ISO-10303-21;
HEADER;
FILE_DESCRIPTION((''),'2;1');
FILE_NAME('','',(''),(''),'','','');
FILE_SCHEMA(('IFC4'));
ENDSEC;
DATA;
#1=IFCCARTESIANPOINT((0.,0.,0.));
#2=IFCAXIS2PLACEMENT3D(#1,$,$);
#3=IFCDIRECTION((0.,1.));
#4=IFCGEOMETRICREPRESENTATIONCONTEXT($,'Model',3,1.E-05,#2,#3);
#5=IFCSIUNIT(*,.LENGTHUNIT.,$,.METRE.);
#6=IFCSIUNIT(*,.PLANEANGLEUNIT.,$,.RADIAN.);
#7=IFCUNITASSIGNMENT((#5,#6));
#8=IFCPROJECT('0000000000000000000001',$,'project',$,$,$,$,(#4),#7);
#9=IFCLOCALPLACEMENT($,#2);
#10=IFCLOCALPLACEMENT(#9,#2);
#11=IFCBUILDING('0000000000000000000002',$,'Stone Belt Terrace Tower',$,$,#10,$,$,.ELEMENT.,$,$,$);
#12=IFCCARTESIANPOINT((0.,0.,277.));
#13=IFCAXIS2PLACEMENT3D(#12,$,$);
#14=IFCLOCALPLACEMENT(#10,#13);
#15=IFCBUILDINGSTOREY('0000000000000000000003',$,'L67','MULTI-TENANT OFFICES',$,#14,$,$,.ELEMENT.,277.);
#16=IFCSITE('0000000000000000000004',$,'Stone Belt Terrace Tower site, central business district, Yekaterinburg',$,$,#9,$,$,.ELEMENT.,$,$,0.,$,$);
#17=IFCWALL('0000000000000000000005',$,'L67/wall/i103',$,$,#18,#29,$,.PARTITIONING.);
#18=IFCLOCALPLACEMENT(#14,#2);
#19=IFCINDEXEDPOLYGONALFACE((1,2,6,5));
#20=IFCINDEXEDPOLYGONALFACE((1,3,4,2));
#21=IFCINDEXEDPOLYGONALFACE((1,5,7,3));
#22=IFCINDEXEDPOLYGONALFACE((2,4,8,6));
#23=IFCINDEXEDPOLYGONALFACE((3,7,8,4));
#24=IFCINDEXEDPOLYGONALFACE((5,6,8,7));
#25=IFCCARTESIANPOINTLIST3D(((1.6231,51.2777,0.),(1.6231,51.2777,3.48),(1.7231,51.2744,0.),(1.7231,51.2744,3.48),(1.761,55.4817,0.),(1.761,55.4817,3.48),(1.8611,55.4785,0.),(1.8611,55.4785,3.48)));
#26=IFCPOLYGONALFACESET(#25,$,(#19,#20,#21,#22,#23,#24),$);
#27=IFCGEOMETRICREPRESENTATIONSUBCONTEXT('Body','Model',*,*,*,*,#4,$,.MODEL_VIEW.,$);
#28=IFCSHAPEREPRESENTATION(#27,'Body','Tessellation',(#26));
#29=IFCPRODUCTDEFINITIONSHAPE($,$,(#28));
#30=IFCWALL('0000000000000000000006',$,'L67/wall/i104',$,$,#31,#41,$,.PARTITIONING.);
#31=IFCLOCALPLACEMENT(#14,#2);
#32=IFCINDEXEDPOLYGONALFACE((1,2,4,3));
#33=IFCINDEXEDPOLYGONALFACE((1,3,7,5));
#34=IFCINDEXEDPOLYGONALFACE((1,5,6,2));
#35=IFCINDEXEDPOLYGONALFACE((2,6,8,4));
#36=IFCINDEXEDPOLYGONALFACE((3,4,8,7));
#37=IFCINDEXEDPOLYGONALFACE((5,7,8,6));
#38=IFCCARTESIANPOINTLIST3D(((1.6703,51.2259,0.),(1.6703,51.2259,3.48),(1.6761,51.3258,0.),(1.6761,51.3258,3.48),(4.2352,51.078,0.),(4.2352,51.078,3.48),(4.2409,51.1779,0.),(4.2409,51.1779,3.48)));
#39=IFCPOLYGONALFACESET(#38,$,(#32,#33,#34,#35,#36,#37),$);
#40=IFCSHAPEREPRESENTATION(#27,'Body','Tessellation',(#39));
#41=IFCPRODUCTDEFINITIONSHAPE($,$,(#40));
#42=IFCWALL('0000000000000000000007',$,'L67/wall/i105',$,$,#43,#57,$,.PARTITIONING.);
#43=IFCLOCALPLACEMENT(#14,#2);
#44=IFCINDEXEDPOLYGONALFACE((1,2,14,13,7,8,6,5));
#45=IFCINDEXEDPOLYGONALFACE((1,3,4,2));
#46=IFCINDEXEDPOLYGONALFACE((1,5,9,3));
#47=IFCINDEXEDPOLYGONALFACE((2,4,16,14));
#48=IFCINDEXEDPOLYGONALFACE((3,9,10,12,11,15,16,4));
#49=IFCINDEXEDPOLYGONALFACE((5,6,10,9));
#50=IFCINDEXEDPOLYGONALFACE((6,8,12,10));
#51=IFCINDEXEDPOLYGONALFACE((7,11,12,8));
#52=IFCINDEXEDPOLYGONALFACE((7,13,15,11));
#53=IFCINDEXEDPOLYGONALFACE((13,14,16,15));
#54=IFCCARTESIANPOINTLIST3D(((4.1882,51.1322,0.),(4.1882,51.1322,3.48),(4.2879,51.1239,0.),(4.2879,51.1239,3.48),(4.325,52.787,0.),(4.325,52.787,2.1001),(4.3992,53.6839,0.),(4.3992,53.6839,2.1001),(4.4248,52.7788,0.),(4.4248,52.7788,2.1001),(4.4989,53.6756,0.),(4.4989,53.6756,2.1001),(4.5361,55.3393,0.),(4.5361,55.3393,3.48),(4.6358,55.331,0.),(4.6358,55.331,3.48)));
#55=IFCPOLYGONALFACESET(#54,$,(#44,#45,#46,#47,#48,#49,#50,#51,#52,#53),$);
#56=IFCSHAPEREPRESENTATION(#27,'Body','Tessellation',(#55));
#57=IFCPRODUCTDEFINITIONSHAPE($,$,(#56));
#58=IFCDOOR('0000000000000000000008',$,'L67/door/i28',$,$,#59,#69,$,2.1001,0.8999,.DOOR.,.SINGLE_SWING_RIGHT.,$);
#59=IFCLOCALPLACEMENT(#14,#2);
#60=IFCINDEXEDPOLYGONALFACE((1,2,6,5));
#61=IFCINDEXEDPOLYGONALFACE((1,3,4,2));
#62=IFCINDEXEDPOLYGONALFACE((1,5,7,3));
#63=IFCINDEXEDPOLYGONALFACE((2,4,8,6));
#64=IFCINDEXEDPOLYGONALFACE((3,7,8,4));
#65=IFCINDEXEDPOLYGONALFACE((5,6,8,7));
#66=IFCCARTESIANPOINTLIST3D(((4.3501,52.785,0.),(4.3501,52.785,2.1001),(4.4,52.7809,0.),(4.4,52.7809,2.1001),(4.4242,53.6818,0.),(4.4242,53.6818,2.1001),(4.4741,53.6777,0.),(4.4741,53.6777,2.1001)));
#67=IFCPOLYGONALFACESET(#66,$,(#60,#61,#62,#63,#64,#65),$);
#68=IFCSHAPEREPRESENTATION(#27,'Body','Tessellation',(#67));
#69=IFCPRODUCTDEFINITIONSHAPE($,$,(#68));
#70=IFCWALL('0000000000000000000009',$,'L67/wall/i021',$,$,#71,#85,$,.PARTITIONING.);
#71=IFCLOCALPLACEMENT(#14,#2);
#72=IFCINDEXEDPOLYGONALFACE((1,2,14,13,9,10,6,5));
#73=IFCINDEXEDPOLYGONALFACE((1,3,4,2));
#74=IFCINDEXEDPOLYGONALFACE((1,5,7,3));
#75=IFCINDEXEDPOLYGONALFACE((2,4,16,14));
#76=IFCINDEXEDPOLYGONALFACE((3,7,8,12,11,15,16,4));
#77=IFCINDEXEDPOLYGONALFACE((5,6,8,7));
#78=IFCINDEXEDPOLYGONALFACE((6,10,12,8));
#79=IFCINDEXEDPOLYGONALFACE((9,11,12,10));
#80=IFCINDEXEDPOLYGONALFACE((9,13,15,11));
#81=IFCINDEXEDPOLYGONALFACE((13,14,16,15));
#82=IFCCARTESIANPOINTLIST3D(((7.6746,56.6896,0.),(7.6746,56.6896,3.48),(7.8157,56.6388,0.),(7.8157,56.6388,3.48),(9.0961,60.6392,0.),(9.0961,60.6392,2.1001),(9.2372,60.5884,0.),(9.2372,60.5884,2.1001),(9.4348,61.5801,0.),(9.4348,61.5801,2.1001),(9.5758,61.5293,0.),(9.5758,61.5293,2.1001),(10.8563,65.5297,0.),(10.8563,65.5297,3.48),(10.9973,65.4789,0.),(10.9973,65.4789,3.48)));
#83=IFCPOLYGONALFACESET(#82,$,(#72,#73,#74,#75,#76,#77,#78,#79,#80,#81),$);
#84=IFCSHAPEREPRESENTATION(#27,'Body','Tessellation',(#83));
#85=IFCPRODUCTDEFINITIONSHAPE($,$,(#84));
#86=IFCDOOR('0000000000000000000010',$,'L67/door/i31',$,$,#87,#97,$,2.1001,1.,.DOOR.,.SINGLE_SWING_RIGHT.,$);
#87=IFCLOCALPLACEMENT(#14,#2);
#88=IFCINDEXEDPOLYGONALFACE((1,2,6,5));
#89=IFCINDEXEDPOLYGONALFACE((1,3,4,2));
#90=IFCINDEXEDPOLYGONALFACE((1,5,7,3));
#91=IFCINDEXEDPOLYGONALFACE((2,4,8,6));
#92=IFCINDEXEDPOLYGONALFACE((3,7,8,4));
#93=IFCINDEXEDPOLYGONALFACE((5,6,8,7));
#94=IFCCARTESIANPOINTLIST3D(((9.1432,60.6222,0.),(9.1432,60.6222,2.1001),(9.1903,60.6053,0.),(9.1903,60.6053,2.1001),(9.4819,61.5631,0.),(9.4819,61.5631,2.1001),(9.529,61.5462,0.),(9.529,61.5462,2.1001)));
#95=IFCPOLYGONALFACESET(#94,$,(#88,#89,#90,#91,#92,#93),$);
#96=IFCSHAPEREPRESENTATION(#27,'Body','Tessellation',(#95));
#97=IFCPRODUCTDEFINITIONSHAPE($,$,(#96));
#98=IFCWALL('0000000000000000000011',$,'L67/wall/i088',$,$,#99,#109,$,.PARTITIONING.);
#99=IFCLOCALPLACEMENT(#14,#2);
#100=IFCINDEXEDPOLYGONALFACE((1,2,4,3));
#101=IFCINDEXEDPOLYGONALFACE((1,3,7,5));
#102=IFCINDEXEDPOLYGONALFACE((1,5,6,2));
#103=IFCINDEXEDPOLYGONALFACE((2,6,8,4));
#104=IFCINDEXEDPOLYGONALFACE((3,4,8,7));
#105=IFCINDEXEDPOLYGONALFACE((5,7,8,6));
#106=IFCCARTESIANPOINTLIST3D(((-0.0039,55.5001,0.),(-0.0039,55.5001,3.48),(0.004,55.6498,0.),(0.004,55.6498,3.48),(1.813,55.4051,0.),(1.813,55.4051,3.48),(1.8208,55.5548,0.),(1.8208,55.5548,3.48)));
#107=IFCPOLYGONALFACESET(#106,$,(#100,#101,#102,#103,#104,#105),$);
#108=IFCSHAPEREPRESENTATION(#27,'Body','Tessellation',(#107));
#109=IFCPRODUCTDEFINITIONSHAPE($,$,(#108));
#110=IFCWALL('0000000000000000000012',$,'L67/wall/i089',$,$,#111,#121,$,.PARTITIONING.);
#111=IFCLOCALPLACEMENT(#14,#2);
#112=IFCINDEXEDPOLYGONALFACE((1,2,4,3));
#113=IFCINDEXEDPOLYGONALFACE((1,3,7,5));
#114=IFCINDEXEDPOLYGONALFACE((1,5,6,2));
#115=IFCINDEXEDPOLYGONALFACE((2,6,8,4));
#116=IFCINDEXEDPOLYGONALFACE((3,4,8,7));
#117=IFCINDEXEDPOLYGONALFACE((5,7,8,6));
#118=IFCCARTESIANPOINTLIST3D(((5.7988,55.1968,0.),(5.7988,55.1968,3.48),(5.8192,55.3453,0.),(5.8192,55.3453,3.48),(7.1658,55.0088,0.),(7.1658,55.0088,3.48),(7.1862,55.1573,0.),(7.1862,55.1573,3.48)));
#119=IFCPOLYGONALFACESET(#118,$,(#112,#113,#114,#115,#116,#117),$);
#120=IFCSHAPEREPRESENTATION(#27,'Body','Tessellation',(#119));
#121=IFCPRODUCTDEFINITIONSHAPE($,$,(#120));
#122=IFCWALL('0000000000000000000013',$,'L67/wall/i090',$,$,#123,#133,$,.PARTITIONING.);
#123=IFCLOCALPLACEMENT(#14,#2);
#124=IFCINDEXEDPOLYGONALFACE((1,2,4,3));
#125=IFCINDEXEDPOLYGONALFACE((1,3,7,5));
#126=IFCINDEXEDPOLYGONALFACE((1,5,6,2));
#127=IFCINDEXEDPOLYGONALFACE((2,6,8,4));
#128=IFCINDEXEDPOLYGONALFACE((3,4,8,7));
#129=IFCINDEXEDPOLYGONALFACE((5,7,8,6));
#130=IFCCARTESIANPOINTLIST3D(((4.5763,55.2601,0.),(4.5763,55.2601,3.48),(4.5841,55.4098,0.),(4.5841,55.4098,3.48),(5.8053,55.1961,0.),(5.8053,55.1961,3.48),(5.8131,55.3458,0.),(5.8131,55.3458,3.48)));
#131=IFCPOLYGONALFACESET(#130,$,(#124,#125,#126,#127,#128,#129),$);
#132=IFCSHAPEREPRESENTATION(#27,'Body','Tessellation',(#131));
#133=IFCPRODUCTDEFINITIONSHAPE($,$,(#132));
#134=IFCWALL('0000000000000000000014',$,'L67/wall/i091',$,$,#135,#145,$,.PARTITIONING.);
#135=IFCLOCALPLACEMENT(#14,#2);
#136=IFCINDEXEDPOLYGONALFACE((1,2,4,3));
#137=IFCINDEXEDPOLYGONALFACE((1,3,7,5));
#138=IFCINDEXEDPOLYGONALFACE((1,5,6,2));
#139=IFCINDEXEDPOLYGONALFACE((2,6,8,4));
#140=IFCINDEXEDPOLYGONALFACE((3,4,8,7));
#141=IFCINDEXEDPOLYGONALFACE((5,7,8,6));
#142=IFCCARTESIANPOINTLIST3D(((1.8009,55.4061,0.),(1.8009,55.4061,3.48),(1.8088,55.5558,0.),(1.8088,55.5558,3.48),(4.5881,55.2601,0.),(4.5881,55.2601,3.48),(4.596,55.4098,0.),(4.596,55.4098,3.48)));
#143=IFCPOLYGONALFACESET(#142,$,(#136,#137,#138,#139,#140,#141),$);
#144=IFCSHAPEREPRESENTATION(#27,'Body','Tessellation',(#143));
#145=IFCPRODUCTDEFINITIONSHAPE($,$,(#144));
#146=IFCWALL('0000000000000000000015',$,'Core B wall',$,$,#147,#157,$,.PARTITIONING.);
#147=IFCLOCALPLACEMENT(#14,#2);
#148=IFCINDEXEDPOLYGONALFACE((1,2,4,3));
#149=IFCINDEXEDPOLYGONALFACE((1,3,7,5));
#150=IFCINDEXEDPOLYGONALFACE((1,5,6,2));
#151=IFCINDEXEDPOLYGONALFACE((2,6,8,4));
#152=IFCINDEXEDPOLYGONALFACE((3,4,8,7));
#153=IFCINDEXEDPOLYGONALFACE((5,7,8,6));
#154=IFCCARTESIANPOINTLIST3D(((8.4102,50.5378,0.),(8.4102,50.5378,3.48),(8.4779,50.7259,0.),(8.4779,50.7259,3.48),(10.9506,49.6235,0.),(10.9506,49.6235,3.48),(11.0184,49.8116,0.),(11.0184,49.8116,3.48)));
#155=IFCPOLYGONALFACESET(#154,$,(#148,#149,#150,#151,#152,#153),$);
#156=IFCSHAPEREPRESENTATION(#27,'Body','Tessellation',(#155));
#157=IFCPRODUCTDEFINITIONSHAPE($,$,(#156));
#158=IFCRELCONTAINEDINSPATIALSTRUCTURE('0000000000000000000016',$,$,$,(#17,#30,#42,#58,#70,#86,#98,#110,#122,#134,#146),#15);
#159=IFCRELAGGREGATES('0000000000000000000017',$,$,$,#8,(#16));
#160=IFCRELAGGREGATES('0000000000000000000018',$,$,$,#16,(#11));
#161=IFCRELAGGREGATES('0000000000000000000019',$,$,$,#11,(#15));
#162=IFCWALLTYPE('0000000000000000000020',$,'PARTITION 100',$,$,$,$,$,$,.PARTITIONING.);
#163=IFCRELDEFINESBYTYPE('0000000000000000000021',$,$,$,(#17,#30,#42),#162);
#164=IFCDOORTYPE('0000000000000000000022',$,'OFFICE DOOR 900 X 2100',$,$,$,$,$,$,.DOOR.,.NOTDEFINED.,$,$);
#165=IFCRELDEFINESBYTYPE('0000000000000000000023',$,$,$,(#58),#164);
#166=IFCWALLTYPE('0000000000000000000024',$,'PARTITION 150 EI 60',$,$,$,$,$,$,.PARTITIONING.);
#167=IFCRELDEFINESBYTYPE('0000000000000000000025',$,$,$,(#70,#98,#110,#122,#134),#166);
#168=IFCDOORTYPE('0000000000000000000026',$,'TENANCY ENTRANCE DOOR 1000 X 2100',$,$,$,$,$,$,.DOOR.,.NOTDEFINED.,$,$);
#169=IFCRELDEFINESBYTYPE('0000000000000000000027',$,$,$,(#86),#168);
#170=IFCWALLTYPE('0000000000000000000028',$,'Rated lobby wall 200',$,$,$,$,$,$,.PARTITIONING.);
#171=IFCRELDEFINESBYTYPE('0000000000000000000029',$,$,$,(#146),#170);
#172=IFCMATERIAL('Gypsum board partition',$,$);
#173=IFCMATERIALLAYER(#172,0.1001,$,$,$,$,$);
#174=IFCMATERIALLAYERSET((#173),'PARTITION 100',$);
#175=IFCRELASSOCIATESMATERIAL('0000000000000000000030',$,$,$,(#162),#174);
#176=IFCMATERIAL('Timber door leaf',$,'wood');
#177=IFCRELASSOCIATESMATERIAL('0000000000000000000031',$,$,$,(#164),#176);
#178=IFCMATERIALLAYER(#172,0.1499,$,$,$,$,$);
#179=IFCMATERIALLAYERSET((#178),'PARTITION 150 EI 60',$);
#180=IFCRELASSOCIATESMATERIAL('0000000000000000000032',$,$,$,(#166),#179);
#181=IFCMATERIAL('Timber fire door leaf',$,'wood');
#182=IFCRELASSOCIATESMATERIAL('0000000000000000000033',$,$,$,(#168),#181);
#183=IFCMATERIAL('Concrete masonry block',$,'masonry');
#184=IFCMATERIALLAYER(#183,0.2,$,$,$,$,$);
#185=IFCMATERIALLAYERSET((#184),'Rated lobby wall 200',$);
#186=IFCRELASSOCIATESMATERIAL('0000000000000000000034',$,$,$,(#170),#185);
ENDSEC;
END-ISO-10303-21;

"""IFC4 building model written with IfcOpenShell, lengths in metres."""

from ifc_helpers import new_model, si_unit, direction, frame, frame_2d, origin, place, context, subcontext, project, spatial, rectangle, extrude, material, layer, layer_set, type_object, element, fill, save


model = new_model("IFC4")

# Units and contexts
model_context = context("Model", 3, precision=1e-05, world=origin(), true_north=direction((0.0, 1.0)))
body_context = subcontext(model_context, "Body", "Model", "MODEL_VIEW")
ifc_project = project(units=[si_unit("LENGTHUNIT", "METRE"), si_unit("PLANEANGLEUNIT", "RADIAN")], contexts=[model_context])

# Site, building, storey
site_placement = place(None, origin())
site = spatial("IfcSite", under=ifc_project, at=site_placement, Name="Stone Belt Terrace Tower site, central business district, Yekaterinburg", CompositionType="ELEMENT", RefElevation=0.0)
building_placement = place(site_placement, origin())
building = spatial("IfcBuilding", under=site, at=building_placement, Name="Stone Belt Terrace Tower", CompositionType="ELEMENT")
storey_placement = place(building_placement, frame((0.0, 0.0, 277.0)))
storey = spatial("IfcBuildingStorey", under=building, at=storey_placement, Name="L67", Description="MULTI-TENANT OFFICES", CompositionType="ELEMENT", Elevation=277.0)

# Shared definitions
ifc_material_1 = material(Name="Timber door leaf", Category="wood")

# Walls
ifc_material_2 = material(Name="Gypsum board partition")
ifc_layer_1 = layer(ifc_material_2, 0.1001)
ifc_layer_set_1 = layer_set([ifc_layer_1], Name="PARTITION 100")
wall_type_1 = type_object("IfcWallType", Name="PARTITION 100", PredefinedType="PARTITIONING", material=ifc_layer_set_1)
wall_1_placement = place(storey_placement, frame((1.811, 55.48, 0.0), z_axis=(0.0, 0.0, 1.0), x_axis=(-0.032793, -0.999462, 0.0)))
element("IfcWall", 1, at=wall_1_placement, inside=storey, type_object=wall_type_1, Name="L67/wall/i103", PredefinedType="PARTITIONING", context=body_context, shape_type="SweptSolid", body=[
    extrude(rectangle(XDim=4.2063, YDim=0.1001, at=frame_2d((2.103, 0.0))), origin(), (0.0, 0.0, 1.0), 3.48),
])
wall_2_placement = place(storey_placement, frame((1.6731, 51.2759, 0.0), z_axis=(0.0, 0.0, 1.0), x_axis=(0.998341, -0.057586, 0.0)))
element("IfcWall", 2, at=wall_2_placement, inside=storey, type_object=wall_type_1, Name="L67/wall/i104", PredefinedType="PARTITIONING", context=body_context, shape_type="SweptSolid", body=[
    extrude(rectangle(XDim=2.5691, YDim=0.1001, at=frame_2d((1.2847, 0.0))), origin(), (0.0, 0.0, 1.0), 3.48),
])

# Walls, openings, doors
wall_3_placement = place(storey_placement, frame((4.238, 51.1279, 0.0), z_axis=(0.0, 0.0, 1.0), x_axis=(0.082414, 0.996598, 0.0)))
wall_3 = element("IfcWall", 3, at=wall_3_placement, inside=storey, type_object=wall_type_1, Name="L67/wall/i105", PredefinedType="PARTITIONING", context=body_context, shape_type="SweptSolid", body=[
    extrude(rectangle(XDim=4.2214, YDim=0.1001, at=frame_2d((2.1108, 0.0))), origin(), (0.0, 0.0, 1.0), 3.48),
])
opening_1_placement = place(wall_3_placement, frame((1.6606, 0.0, 0.0)))
opening_1 = element("IfcOpeningElement", 4, at=opening_1_placement, cuts=wall_3, PredefinedType="OPENING", context=body_context, shape_type="SweptSolid", body=[
    extrude(rectangle(XDim=0.8999, YDim=2.1001, at=frame_2d((0.45, 1.05))), frame((0.0, 0.0601, 0.0), z_axis=(0.0, -1.0, 0.0), x_axis=(1.0, 0.0, 0.0)), (0.0, 0.0, 1.0), 0.1201),
])
door_type_1 = type_object("IfcDoorType", Name="OFFICE DOOR 900 X 2100", OperationType="NOTDEFINED", PredefinedType="DOOR", material=ifc_material_1)
door_1_placement = place(opening_1_placement, origin())
door_1 = element("IfcDoor", 5, at=door_1_placement, inside=storey, type_object=door_type_1, Name="L67/door/i28", OperationType="SINGLE_SWING_RIGHT", OverallHeight=2.1001, OverallWidth=0.8999, PredefinedType="DOOR", context=body_context, shape_type="SweptSolid", body=[
    extrude(rectangle(XDim=0.8999, YDim=2.1001, at=frame_2d((0.45, 1.05))), frame((0.0, 0.0249, 0.0), z_axis=(0.0, -1.0, 0.0), x_axis=(1.0, 0.0, 0.0)), (0.0, 0.0, 1.0), 0.05),
])
fill(opening_1, door_1)
ifc_layer_2 = layer(ifc_material_2, 0.1499)
ifc_layer_set_2 = layer_set([ifc_layer_2], Name="PARTITION 150 EI 60")
wall_type_2 = type_object("IfcWallType", Name="PARTITION 150 EI 60", PredefinedType="PARTITIONING", material=ifc_layer_set_2)
wall_4_placement = place(storey_placement, frame((7.7451, 56.6641, 0.0), z_axis=(0.0, 0.0, 1.0), x_axis=(0.338645, 0.940914, 0.0)))
wall_4 = element("IfcWall", 6, at=wall_4_placement, inside=storey, type_object=wall_type_2, Name="L67/wall/i021", PredefinedType="PARTITIONING", context=body_context, shape_type="SweptSolid", body=[
    extrude(rectangle(XDim=9.3953, YDim=0.1499, at=frame_2d((4.6978, 0.0))), origin(), (0.0, 0.0, 1.0), 3.48),
])
opening_2_placement = place(wall_4_placement, frame((4.1978, 0.0, 0.0)))
opening_2 = element("IfcOpeningElement", 7, at=opening_2_placement, cuts=wall_4, PredefinedType="OPENING", context=body_context, shape_type="SweptSolid", body=[
    extrude(rectangle(XDim=1.0, YDim=2.1001, at=frame_2d((0.5, 1.05))), frame((0.0, 0.085, 0.0), z_axis=(0.0, -1.0, 0.0), x_axis=(1.0, 0.0, 0.0)), (0.0, 0.0, 1.0), 0.1699),
])
ifc_material_3 = material(Name="Timber fire door leaf", Category="wood")
door_type_2 = type_object("IfcDoorType", Name="TENANCY ENTRANCE DOOR 1000 X 2100", OperationType="NOTDEFINED", PredefinedType="DOOR", material=ifc_material_3)
door_2_placement = place(opening_2_placement, origin())
door_2 = element("IfcDoor", 8, at=door_2_placement, inside=storey, type_object=door_type_2, Name="L67/door/i31", OperationType="SINGLE_SWING_RIGHT", OverallHeight=2.1001, OverallWidth=1.0, PredefinedType="DOOR", context=body_context, shape_type="SweptSolid", body=[
    extrude(rectangle(XDim=1.0, YDim=2.1001, at=frame_2d((0.5, 1.05))), frame((0.0, 0.0249, 0.0), z_axis=(0.0, -1.0, 0.0), x_axis=(1.0, 0.0, 0.0)), (0.0, 0.0, 1.0), 0.05),
])
fill(opening_2, door_2)

# Walls
wall_5_placement = place(storey_placement, frame((1.8169, 55.48, 0.0), z_axis=(0.0, 0.0, 1.0), x_axis=(-0.998637, 0.0522, 0.0)))
element("IfcWall", 9, at=wall_5_placement, inside=storey, type_object=wall_type_2, Name="L67/wall/i088", PredefinedType="PARTITIONING", context=body_context, shape_type="SweptSolid", body=[
    extrude(rectangle(XDim=1.8193, YDim=0.1499, at=frame_2d((0.9097, 0.0))), origin(), (0.0, 0.0, 1.0), 3.48),
])
wall_6_placement = place(storey_placement, frame((7.176, 55.083, 0.0), z_axis=(0.0, 0.0, 1.0), x_axis=(-0.990676, 0.136242, 0.0)))
element("IfcWall", 10, at=wall_6_placement, inside=storey, type_object=wall_type_2, Name="L67/wall/i089", PredefinedType="PARTITIONING", context=body_context, shape_type="SweptSolid", body=[
    extrude(rectangle(XDim=1.3799, YDim=0.1499, at=frame_2d((0.6899, 0.0))), origin(), (0.0, 0.0, 1.0), 3.48),
])
wall_7_placement = place(storey_placement, frame((5.8091, 55.271, 0.0), z_axis=(0.0, 0.0, 1.0), x_axis=(-0.998648, 0.051976, 0.0)))
element("IfcWall", 11, at=wall_7_placement, inside=storey, type_object=wall_type_2, Name="L67/wall/i090", PredefinedType="PARTITIONING", context=body_context, shape_type="SweptSolid", body=[
    extrude(rectangle(XDim=1.2307, YDim=0.1499, at=frame_2d((0.6152, 0.0))), origin(), (0.0, 0.0, 1.0), 3.48),
])
wall_8_placement = place(storey_placement, frame((4.592, 55.335, 0.0), z_axis=(0.0, 0.0, 1.0), x_axis=(-0.998631, 0.052311, 0.0)))
element("IfcWall", 12, at=wall_8_placement, inside=storey, type_object=wall_type_2, Name="L67/wall/i091", PredefinedType="PARTITIONING", context=body_context, shape_type="SweptSolid", body=[
    extrude(rectangle(XDim=2.791, YDim=0.1499, at=frame_2d((1.3955, 0.0))), origin(), (0.0, 0.0, 1.0), 3.48),
])
ifc_material_4 = material(Name="Concrete masonry block", Category="masonry")
ifc_layer_3 = layer(ifc_material_4, 0.2)
ifc_layer_set_3 = layer_set([ifc_layer_3], Name="Rated lobby wall 200")
wall_type_3 = type_object("IfcWallType", Name="Rated lobby wall 200", PredefinedType="PARTITIONING", material=ifc_layer_set_3)
wall_9_placement = place(storey_placement, frame((10.9846, 49.7175, 0.0), z_axis=(0.0, 0.0, 1.0), x_axis=(-0.940921, 0.338627, 0.0)))
element("IfcWall", 13, at=wall_9_placement, inside=storey, type_object=wall_type_3, Name="Core B wall", PredefinedType="PARTITIONING", context=body_context, shape_type="SweptSolid", body=[
    extrude(rectangle(XDim=2.7, YDim=0.2, at=frame_2d((1.3501, 0.0))), origin(), (0.0, 0.0, 1.0), 3.48),
])

save(model, "model.ifc")
